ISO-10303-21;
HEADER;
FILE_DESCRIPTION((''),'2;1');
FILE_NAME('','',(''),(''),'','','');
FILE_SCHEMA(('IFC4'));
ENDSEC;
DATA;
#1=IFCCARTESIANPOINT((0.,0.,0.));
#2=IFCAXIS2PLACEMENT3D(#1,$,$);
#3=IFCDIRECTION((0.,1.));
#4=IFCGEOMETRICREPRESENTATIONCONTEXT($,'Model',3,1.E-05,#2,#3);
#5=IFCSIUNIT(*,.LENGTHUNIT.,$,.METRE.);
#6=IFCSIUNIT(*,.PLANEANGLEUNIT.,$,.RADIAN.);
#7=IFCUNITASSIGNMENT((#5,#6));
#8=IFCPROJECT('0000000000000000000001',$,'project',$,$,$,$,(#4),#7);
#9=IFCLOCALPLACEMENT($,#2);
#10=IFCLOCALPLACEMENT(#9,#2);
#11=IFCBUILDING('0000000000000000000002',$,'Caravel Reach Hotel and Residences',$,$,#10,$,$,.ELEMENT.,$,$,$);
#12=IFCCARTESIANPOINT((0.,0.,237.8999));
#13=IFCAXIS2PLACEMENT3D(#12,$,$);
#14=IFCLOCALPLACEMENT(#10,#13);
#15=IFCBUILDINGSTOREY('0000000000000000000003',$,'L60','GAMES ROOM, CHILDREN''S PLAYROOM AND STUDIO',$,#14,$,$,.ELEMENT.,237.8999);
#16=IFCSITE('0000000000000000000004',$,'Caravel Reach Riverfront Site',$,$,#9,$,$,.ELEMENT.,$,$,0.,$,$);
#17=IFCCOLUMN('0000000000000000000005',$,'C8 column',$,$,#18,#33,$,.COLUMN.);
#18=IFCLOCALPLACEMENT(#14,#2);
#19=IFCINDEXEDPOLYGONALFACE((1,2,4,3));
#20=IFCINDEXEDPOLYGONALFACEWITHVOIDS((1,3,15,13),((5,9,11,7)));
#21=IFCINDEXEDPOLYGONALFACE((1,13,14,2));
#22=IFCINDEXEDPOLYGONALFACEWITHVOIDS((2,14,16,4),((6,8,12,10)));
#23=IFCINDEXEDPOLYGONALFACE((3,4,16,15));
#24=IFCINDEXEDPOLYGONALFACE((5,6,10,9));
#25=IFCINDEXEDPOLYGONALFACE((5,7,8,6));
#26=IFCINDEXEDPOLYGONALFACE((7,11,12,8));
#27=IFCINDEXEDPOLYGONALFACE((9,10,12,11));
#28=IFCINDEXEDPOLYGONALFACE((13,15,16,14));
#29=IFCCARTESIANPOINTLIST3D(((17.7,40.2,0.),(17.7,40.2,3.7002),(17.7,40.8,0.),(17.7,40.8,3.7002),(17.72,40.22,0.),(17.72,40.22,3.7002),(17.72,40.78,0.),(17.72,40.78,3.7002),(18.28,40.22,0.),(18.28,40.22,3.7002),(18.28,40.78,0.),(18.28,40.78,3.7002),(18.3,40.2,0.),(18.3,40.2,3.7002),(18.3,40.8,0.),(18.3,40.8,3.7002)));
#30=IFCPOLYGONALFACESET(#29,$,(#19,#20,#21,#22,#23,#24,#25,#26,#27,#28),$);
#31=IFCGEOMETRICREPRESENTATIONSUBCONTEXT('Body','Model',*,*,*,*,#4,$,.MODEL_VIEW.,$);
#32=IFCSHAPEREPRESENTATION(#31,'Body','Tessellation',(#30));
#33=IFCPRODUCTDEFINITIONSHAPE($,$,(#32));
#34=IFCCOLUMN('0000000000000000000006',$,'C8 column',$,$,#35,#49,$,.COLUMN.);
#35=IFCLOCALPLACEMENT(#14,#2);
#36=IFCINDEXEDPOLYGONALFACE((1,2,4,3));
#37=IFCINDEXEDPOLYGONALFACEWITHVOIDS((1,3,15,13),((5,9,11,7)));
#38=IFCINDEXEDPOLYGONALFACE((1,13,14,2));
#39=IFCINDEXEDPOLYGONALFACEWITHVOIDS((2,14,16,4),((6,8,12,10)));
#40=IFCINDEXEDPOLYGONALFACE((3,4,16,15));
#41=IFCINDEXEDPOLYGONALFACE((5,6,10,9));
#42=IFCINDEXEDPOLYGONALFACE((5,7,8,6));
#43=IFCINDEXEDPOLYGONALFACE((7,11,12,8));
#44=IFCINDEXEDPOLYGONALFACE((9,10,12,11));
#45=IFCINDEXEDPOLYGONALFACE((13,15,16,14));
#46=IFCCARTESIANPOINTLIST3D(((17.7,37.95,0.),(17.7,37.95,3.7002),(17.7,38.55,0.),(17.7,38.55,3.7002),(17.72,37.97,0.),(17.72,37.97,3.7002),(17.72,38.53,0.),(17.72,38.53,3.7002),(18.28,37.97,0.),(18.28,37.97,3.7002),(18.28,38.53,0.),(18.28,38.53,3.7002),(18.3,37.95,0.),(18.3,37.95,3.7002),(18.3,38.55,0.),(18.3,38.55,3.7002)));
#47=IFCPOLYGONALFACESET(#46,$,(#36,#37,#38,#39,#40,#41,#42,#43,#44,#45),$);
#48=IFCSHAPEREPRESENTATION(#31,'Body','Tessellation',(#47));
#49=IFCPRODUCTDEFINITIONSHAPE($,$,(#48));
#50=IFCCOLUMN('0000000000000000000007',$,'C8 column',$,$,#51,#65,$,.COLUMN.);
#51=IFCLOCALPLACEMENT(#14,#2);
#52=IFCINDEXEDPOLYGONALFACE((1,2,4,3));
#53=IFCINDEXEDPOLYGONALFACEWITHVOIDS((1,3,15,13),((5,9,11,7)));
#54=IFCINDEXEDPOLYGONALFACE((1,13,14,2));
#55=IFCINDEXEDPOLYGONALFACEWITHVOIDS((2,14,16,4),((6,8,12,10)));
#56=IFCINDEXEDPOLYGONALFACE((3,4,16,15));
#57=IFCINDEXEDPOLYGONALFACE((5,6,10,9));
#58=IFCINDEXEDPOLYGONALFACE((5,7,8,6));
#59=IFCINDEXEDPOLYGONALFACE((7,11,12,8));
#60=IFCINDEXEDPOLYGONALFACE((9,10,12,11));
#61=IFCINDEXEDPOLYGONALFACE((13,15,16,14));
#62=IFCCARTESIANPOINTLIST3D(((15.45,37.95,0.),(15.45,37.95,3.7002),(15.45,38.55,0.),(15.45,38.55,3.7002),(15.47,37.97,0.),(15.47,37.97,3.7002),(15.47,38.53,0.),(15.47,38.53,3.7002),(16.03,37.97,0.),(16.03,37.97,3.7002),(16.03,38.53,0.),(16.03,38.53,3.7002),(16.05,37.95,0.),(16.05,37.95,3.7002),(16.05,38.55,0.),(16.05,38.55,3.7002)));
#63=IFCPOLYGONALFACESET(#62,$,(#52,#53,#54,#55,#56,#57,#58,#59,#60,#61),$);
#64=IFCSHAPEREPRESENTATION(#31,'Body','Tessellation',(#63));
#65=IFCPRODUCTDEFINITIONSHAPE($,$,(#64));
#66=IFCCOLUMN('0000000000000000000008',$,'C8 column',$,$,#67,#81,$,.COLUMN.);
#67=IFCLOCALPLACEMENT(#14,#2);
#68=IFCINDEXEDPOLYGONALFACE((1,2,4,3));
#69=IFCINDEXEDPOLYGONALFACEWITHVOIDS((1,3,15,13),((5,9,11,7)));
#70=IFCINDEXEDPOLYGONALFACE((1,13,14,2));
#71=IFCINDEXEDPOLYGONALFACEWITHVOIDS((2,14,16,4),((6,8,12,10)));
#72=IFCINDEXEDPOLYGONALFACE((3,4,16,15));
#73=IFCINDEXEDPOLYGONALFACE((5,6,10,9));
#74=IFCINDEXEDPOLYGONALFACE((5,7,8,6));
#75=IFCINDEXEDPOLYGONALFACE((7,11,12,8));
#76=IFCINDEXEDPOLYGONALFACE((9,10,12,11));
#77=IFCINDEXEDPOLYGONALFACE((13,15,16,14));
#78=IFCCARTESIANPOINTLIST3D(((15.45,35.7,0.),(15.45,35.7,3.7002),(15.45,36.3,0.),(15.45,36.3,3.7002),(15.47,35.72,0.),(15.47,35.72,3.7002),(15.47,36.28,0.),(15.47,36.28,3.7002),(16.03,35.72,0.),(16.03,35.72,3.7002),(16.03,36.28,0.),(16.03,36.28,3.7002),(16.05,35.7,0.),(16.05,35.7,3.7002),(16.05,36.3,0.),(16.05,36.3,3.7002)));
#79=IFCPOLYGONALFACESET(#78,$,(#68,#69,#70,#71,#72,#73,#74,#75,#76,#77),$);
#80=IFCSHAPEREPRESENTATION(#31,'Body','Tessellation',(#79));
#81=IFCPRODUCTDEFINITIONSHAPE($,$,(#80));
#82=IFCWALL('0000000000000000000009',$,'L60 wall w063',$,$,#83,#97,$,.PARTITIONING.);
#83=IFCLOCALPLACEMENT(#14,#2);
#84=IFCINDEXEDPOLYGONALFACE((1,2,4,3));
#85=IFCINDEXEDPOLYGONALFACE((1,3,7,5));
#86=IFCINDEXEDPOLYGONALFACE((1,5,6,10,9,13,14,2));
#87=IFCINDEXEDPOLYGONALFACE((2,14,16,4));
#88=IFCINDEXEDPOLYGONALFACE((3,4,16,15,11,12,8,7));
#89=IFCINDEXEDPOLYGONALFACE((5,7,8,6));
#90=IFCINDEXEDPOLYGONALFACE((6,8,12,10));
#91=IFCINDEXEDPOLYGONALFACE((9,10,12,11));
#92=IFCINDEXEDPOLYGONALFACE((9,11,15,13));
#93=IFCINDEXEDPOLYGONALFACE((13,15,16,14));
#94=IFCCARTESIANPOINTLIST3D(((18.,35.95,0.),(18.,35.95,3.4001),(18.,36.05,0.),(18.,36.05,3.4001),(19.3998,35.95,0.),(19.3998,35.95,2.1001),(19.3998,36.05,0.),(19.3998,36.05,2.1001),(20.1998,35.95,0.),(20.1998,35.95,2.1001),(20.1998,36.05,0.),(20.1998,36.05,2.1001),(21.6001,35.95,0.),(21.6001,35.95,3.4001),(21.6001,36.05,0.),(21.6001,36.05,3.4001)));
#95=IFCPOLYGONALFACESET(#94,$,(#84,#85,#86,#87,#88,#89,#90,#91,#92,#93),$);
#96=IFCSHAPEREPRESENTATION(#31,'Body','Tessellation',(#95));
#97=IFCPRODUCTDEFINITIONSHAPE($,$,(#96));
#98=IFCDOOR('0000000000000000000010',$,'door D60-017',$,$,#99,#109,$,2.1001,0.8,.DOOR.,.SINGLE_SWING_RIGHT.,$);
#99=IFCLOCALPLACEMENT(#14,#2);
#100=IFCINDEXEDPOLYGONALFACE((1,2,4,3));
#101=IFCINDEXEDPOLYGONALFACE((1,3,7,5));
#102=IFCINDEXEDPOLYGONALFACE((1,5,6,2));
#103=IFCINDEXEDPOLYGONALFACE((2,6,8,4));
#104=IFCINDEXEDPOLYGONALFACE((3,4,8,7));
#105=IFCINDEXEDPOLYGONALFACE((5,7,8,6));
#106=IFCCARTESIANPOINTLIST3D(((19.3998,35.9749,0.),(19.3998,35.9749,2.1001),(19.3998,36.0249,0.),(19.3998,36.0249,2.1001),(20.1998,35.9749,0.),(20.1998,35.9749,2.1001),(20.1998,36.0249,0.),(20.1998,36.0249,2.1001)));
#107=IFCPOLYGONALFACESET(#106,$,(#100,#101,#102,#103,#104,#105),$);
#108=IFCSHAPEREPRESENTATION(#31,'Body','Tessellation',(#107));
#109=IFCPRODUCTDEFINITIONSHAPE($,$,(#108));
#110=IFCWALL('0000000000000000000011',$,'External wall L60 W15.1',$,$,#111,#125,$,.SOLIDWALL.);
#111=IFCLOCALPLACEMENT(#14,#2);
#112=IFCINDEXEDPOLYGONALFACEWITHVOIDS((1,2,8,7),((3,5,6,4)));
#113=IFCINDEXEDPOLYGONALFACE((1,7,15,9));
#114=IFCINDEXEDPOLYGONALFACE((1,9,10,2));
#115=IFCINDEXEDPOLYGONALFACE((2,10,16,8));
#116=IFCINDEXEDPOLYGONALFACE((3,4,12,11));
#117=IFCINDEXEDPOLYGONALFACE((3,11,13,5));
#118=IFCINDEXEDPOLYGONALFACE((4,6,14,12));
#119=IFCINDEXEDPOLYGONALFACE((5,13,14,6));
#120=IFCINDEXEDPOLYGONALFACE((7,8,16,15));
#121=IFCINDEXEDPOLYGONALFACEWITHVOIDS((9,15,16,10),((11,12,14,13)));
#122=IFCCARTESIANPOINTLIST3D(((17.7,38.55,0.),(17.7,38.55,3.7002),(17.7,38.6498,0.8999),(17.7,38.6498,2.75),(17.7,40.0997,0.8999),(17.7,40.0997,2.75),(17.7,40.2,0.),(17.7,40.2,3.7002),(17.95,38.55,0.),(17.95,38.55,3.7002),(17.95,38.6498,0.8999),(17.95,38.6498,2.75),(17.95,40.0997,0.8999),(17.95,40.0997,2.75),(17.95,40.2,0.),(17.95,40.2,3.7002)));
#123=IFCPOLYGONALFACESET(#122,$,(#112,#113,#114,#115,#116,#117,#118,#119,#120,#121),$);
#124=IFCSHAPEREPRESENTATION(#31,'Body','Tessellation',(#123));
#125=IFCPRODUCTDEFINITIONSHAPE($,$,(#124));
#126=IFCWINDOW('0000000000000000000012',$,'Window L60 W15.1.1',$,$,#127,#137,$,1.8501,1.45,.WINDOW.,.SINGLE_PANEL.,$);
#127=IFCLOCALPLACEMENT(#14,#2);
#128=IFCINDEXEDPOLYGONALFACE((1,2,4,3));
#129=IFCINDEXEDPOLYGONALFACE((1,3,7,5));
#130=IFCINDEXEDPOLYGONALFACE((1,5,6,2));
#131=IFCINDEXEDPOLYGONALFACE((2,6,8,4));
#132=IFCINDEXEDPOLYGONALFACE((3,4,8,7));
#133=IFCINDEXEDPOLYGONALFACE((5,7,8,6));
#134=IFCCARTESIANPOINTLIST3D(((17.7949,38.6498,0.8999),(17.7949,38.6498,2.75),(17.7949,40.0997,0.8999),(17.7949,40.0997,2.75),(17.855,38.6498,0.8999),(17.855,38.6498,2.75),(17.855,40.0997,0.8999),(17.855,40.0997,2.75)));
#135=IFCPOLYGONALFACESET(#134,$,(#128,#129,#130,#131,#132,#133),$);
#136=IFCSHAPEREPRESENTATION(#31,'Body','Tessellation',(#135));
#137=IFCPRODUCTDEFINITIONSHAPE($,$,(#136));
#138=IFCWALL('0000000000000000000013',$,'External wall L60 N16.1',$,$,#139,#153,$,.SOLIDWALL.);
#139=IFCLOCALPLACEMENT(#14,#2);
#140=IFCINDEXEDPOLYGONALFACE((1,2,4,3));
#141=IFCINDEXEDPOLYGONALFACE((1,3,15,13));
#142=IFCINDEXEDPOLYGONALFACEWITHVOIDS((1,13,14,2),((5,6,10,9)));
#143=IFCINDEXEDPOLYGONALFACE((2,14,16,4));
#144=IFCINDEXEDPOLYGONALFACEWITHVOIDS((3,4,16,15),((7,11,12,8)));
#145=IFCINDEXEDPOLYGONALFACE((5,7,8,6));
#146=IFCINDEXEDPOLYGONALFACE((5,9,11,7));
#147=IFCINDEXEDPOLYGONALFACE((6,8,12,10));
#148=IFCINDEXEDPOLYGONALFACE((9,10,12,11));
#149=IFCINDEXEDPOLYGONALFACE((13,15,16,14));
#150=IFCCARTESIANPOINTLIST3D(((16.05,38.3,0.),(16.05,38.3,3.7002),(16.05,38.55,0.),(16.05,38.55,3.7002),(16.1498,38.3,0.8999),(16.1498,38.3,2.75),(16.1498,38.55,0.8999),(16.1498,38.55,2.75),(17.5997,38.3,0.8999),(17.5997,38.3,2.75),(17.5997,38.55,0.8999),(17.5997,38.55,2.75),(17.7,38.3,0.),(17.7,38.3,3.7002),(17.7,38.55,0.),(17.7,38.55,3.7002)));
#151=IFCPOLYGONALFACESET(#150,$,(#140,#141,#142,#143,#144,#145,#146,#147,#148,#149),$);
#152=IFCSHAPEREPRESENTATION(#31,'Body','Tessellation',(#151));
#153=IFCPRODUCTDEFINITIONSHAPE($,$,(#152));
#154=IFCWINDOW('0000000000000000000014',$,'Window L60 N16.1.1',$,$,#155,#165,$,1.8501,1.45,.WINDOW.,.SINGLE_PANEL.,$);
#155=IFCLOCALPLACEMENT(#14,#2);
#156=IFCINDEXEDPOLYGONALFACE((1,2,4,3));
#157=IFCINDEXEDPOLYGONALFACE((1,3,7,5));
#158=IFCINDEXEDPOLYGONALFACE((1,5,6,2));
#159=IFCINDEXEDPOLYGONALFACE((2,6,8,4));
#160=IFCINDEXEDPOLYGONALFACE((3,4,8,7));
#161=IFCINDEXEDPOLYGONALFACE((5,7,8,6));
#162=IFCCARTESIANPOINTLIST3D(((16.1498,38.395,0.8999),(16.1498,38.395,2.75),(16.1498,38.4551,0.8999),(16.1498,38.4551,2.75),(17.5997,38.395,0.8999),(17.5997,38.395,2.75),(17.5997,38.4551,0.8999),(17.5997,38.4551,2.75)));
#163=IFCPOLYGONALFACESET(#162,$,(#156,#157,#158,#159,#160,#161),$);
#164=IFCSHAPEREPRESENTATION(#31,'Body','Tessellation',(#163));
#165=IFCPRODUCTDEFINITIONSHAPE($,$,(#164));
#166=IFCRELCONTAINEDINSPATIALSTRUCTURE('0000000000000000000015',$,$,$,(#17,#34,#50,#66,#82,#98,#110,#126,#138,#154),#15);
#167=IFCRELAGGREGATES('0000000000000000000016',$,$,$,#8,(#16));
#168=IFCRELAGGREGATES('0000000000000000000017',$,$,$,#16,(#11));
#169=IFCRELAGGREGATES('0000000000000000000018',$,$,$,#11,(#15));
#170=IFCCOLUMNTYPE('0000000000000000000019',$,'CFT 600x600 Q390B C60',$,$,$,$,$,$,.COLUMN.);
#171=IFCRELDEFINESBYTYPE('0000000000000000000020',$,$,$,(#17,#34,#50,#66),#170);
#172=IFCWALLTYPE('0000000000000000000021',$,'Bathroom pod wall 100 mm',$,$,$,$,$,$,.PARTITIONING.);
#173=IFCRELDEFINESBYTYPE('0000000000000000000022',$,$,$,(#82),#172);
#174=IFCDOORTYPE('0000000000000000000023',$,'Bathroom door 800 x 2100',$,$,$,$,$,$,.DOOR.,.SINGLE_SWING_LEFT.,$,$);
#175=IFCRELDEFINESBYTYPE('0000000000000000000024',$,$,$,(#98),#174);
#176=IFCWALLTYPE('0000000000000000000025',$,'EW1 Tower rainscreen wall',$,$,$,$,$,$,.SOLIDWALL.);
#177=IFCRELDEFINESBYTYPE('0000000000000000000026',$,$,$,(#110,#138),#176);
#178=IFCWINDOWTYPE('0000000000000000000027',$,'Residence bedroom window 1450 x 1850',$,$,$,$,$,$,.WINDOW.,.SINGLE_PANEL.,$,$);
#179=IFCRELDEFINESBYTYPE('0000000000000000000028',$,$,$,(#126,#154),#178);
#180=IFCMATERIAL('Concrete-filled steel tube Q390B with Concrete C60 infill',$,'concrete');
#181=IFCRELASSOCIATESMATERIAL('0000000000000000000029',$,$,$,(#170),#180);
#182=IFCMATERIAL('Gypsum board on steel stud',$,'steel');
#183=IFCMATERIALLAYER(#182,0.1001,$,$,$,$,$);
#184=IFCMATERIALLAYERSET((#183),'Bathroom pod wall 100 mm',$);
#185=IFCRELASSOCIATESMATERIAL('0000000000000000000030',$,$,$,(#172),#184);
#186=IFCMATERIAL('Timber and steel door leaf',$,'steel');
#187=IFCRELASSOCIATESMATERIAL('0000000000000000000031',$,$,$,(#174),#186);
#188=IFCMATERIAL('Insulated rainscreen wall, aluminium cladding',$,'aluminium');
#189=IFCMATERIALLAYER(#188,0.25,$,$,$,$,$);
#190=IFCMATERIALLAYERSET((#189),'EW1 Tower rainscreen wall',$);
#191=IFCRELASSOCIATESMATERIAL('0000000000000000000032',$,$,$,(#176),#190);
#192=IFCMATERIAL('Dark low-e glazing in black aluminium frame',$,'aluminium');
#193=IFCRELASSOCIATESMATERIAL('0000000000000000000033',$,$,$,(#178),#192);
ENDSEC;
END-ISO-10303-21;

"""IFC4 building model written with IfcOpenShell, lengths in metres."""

from ifc_helpers import new_model, si_unit, direction, frame, frame_2d, origin, origin_2d, place, context, subcontext, project, spatial, rectangle, hollow_rectangle, extrude, material, layer, layer_set, material_profile, profile_set, type_object, element, fill, save


model = new_model("IFC4")

# Units and contexts
model_context = context("Model", 3, precision=1e-05, world=origin(), true_north=direction((0.0, 1.0)))
body_context = subcontext(model_context, "Body", "Model", "MODEL_VIEW")
ifc_project = project(units=[si_unit("LENGTHUNIT", "METRE"), si_unit("PLANEANGLEUNIT", "RADIAN")], contexts=[model_context])

# Site, building, storey
site_placement = place(None, origin())
site = spatial("IfcSite", under=ifc_project, at=site_placement, Name="Caravel Reach Riverfront Site", CompositionType="ELEMENT", RefElevation=0.0)
building_placement = place(site_placement, origin())
building = spatial("IfcBuilding", under=site, at=building_placement, Name="Caravel Reach Hotel and Residences", CompositionType="ELEMENT")
storey_placement = place(building_placement, frame((0.0, 0.0, 237.8999)))
storey = spatial("IfcBuildingStorey", under=building, at=storey_placement, Name="L60", Description="GAMES ROOM, CHILDREN'S PLAYROOM AND STUDIO", CompositionType="ELEMENT", Elevation=237.8999)

# Columns
ifc_material_1 = material(Name="Concrete-filled steel tube Q390B with Concrete C60 infill", Category="concrete")
ifc_material_profile = material_profile(ifc_material_1, hollow_rectangle(XDim=0.6001, YDim=0.6001, WallThickness=0.02, at=origin_2d()), Name="RHS 600x600x20")
ifc_profile_set = profile_set([ifc_material_profile], Name="Concrete-filled steel tube Q390B with Concrete C60 infill")
column_type = type_object("IfcColumnType", Name="CFT 600x600 Q390B C60", PredefinedType="COLUMN", material=ifc_profile_set)
for number, where, z_axis, x_axis, name in (
    (1, (18.0, 40.5, 0.0), (0.0, 0.0, 1.0), (1.0, 0.0, 0.0), "C8 column"),
    (2, (18.0, 38.25, 0.0), (0.0, 0.0, 1.0), (1.0, 0.0, 0.0), "C8 column"),
    (3, (15.75, 38.25, 0.0), (0.0, 0.0, 1.0), (1.0, 0.0, 0.0), "C8 column"),
    (4, (15.75, 36.0, 0.0), (0.0, 0.0, 1.0), (1.0, 0.0, 0.0), "C8 column"),
):
    element("IfcColumn", number, at=place(storey_placement, frame(where, z_axis=z_axis, x_axis=x_axis)), inside=storey, type_object=column_type, Name=name, PredefinedType="COLUMN", context=body_context, shape_type="SweptSolid", body=[
        extrude(hollow_rectangle(XDim=0.6001, YDim=0.6001, WallThickness=0.02, at=origin_2d()), origin(), (0.0, 0.0, 1.0), 3.7002),
    ])

# Wall, opening, door
ifc_material_2 = material(Name="Gypsum board on steel stud", Category="steel")
ifc_layer_1 = layer(ifc_material_2, 0.1001)
ifc_layer_set_1 = layer_set([ifc_layer_1], Name="Bathroom pod wall 100 mm")
wall_type_1 = type_object("IfcWallType", Name="Bathroom pod wall 100 mm", PredefinedType="PARTITIONING", material=ifc_layer_set_1)
wall_1_placement = place(storey_placement, frame((18.0, 36.0, 0.0), z_axis=(0.0, 0.0, 1.0), x_axis=(1.0, 0.0, 0.0)))
wall_1 = element("IfcWall", 5, at=wall_1_placement, inside=storey, type_object=wall_type_1, Name="L60 wall w063", PredefinedType="PARTITIONING", context=body_context, shape_type="SweptSolid", body=[
    extrude(rectangle(XDim=3.6001, YDim=0.1001, at=frame_2d((1.8, 0.0))), origin(), (0.0, 0.0, 1.0), 3.4001),
])
opening_1_placement = place(wall_1_placement, frame((1.3999, 0.0, 0.0)))
opening_1 = element("IfcOpeningElement", 6, at=opening_1_placement, cuts=wall_1, PredefinedType="OPENING", context=body_context, shape_type="SweptSolid", body=[
    extrude(rectangle(XDim=0.8, YDim=2.1001, at=frame_2d((0.3999, 1.05))), frame((0.0, 0.0601, 0.0), z_axis=(0.0, -1.0, 0.0), x_axis=(1.0, 0.0, 0.0)), (0.0, 0.0, 1.0), 0.1201),
])
ifc_material_3 = material(Name="Timber and steel door leaf", Category="steel")
door_type = type_object("IfcDoorType", Name="Bathroom door 800 x 2100", OperationType="SINGLE_SWING_LEFT", PredefinedType="DOOR", material=ifc_material_3)
door_placement = place(opening_1_placement, origin())
door = element("IfcDoor", 7, at=door_placement, inside=storey, type_object=door_type, Name="door D60-017", OperationType="SINGLE_SWING_RIGHT", OverallHeight=2.1001, OverallWidth=0.8, PredefinedType="DOOR", context=body_context, shape_type="SweptSolid", body=[
    extrude(rectangle(XDim=0.8, YDim=2.1001, at=frame_2d((0.3999, 1.05))), frame((0.0, 0.0249, 0.0), z_axis=(0.0, -1.0, 0.0), x_axis=(1.0, 0.0, 0.0)), (0.0, 0.0, 1.0), 0.05),
])
fill(opening_1, door)

# Walls, openings, windows
ifc_material_4 = material(Name="Insulated rainscreen wall, aluminium cladding", Category="aluminium")
ifc_layer_2 = layer(ifc_material_4, 0.25)
ifc_layer_set_2 = layer_set([ifc_layer_2], Name="EW1 Tower rainscreen wall")
wall_type_2 = type_object("IfcWallType", Name="EW1 Tower rainscreen wall", PredefinedType="SOLIDWALL", material=ifc_layer_set_2)
wall_2_placement = place(storey_placement, frame((17.825, 40.2, 0.0), z_axis=(0.0, 0.0, 1.0), x_axis=(0.0, -1.0, 0.0)))
wall_2 = element("IfcWall", 8, at=wall_2_placement, inside=storey, type_object=wall_type_2, Name="External wall L60 W15.1", PredefinedType="SOLIDWALL", context=body_context, shape_type="SweptSolid", body=[
    extrude(rectangle(XDim=1.6499, YDim=0.25, at=frame_2d((0.825, 0.0))), origin(), (0.0, 0.0, 1.0), 3.7002),
])
opening_2_placement = place(wall_2_placement, frame((0.1001, 0.0, 0.8999)))
opening_2 = element("IfcOpeningElement", 9, at=opening_2_placement, cuts=wall_2, PredefinedType="OPENING", context=body_context, shape_type="SweptSolid", body=[
    extrude(rectangle(XDim=1.45, YDim=1.8501, at=frame_2d((0.7251, 0.925))), frame((0.0, 0.135, 0.0), z_axis=(0.0, -1.0, 0.0), x_axis=(1.0, 0.0, 0.0)), (0.0, 0.0, 1.0), 0.27),
])
ifc_material_5 = material(Name="Dark low-e glazing in black aluminium frame", Category="aluminium")
window_type_1 = type_object("IfcWindowType", Name="Residence bedroom window 1450 x 1850", PartitioningType="SINGLE_PANEL", PredefinedType="WINDOW", material=ifc_material_5)
window_1_placement = place(opening_2_placement, origin())
window_1 = element("IfcWindow", 10, at=window_1_placement, inside=storey, type_object=window_type_1, Name="Window L60 W15.1.1", OverallHeight=1.8501, OverallWidth=1.45, PartitioningType="SINGLE_PANEL", PredefinedType="WINDOW", context=body_context, shape_type="SweptSolid", body=[
    extrude(rectangle(XDim=1.45, YDim=1.8501, at=frame_2d((0.7251, 0.925))), frame((0.0, 0.03, 0.0), z_axis=(0.0, -1.0, 0.0), x_axis=(1.0, 0.0, 0.0)), (0.0, 0.0, 1.0), 0.0601),
])
fill(opening_2, window_1)
wall_3_placement = place(storey_placement, frame((17.7, 38.425, 0.0), z_axis=(0.0, 0.0, 1.0), x_axis=(-1.0, 0.0, 0.0)))
wall_3 = element("IfcWall", 11, at=wall_3_placement, inside=storey, type_object=wall_type_2, Name="External wall L60 N16.1", PredefinedType="SOLIDWALL", context=body_context, shape_type="SweptSolid", body=[
    extrude(rectangle(XDim=1.6499, YDim=0.25, at=frame_2d((0.825, 0.0))), origin(), (0.0, 0.0, 1.0), 3.7002),
])
opening_3_placement = place(wall_3_placement, frame((0.1001, 0.0, 0.8999)))
opening_3 = element("IfcOpeningElement", 12, at=opening_3_placement, cuts=wall_3, PredefinedType="OPENING", context=body_context, shape_type="SweptSolid", body=[
    extrude(rectangle(XDim=1.45, YDim=1.8501, at=frame_2d((0.7251, 0.925))), frame((0.0, 0.135, 0.0), z_axis=(0.0, -1.0, 0.0), x_axis=(1.0, 0.0, 0.0)), (0.0, 0.0, 1.0), 0.27),
])
window_2_placement = place(opening_3_placement, origin())
window_2 = element("IfcWindow", 13, at=window_2_placement, inside=storey, type_object=window_type_1, Name="Window L60 N16.1.1", OverallHeight=1.8501, OverallWidth=1.45, PartitioningType="SINGLE_PANEL", PredefinedType="WINDOW", context=body_context, shape_type="SweptSolid", body=[
    extrude(rectangle(XDim=1.45, YDim=1.8501, at=frame_2d((0.7251, 0.925))), frame((0.0, 0.03, 0.0), z_axis=(0.0, -1.0, 0.0), x_axis=(1.0, 0.0, 0.0)), (0.0, 0.0, 1.0), 0.0601),
])
fill(opening_3, window_2)

save(model, "model.ifc")
